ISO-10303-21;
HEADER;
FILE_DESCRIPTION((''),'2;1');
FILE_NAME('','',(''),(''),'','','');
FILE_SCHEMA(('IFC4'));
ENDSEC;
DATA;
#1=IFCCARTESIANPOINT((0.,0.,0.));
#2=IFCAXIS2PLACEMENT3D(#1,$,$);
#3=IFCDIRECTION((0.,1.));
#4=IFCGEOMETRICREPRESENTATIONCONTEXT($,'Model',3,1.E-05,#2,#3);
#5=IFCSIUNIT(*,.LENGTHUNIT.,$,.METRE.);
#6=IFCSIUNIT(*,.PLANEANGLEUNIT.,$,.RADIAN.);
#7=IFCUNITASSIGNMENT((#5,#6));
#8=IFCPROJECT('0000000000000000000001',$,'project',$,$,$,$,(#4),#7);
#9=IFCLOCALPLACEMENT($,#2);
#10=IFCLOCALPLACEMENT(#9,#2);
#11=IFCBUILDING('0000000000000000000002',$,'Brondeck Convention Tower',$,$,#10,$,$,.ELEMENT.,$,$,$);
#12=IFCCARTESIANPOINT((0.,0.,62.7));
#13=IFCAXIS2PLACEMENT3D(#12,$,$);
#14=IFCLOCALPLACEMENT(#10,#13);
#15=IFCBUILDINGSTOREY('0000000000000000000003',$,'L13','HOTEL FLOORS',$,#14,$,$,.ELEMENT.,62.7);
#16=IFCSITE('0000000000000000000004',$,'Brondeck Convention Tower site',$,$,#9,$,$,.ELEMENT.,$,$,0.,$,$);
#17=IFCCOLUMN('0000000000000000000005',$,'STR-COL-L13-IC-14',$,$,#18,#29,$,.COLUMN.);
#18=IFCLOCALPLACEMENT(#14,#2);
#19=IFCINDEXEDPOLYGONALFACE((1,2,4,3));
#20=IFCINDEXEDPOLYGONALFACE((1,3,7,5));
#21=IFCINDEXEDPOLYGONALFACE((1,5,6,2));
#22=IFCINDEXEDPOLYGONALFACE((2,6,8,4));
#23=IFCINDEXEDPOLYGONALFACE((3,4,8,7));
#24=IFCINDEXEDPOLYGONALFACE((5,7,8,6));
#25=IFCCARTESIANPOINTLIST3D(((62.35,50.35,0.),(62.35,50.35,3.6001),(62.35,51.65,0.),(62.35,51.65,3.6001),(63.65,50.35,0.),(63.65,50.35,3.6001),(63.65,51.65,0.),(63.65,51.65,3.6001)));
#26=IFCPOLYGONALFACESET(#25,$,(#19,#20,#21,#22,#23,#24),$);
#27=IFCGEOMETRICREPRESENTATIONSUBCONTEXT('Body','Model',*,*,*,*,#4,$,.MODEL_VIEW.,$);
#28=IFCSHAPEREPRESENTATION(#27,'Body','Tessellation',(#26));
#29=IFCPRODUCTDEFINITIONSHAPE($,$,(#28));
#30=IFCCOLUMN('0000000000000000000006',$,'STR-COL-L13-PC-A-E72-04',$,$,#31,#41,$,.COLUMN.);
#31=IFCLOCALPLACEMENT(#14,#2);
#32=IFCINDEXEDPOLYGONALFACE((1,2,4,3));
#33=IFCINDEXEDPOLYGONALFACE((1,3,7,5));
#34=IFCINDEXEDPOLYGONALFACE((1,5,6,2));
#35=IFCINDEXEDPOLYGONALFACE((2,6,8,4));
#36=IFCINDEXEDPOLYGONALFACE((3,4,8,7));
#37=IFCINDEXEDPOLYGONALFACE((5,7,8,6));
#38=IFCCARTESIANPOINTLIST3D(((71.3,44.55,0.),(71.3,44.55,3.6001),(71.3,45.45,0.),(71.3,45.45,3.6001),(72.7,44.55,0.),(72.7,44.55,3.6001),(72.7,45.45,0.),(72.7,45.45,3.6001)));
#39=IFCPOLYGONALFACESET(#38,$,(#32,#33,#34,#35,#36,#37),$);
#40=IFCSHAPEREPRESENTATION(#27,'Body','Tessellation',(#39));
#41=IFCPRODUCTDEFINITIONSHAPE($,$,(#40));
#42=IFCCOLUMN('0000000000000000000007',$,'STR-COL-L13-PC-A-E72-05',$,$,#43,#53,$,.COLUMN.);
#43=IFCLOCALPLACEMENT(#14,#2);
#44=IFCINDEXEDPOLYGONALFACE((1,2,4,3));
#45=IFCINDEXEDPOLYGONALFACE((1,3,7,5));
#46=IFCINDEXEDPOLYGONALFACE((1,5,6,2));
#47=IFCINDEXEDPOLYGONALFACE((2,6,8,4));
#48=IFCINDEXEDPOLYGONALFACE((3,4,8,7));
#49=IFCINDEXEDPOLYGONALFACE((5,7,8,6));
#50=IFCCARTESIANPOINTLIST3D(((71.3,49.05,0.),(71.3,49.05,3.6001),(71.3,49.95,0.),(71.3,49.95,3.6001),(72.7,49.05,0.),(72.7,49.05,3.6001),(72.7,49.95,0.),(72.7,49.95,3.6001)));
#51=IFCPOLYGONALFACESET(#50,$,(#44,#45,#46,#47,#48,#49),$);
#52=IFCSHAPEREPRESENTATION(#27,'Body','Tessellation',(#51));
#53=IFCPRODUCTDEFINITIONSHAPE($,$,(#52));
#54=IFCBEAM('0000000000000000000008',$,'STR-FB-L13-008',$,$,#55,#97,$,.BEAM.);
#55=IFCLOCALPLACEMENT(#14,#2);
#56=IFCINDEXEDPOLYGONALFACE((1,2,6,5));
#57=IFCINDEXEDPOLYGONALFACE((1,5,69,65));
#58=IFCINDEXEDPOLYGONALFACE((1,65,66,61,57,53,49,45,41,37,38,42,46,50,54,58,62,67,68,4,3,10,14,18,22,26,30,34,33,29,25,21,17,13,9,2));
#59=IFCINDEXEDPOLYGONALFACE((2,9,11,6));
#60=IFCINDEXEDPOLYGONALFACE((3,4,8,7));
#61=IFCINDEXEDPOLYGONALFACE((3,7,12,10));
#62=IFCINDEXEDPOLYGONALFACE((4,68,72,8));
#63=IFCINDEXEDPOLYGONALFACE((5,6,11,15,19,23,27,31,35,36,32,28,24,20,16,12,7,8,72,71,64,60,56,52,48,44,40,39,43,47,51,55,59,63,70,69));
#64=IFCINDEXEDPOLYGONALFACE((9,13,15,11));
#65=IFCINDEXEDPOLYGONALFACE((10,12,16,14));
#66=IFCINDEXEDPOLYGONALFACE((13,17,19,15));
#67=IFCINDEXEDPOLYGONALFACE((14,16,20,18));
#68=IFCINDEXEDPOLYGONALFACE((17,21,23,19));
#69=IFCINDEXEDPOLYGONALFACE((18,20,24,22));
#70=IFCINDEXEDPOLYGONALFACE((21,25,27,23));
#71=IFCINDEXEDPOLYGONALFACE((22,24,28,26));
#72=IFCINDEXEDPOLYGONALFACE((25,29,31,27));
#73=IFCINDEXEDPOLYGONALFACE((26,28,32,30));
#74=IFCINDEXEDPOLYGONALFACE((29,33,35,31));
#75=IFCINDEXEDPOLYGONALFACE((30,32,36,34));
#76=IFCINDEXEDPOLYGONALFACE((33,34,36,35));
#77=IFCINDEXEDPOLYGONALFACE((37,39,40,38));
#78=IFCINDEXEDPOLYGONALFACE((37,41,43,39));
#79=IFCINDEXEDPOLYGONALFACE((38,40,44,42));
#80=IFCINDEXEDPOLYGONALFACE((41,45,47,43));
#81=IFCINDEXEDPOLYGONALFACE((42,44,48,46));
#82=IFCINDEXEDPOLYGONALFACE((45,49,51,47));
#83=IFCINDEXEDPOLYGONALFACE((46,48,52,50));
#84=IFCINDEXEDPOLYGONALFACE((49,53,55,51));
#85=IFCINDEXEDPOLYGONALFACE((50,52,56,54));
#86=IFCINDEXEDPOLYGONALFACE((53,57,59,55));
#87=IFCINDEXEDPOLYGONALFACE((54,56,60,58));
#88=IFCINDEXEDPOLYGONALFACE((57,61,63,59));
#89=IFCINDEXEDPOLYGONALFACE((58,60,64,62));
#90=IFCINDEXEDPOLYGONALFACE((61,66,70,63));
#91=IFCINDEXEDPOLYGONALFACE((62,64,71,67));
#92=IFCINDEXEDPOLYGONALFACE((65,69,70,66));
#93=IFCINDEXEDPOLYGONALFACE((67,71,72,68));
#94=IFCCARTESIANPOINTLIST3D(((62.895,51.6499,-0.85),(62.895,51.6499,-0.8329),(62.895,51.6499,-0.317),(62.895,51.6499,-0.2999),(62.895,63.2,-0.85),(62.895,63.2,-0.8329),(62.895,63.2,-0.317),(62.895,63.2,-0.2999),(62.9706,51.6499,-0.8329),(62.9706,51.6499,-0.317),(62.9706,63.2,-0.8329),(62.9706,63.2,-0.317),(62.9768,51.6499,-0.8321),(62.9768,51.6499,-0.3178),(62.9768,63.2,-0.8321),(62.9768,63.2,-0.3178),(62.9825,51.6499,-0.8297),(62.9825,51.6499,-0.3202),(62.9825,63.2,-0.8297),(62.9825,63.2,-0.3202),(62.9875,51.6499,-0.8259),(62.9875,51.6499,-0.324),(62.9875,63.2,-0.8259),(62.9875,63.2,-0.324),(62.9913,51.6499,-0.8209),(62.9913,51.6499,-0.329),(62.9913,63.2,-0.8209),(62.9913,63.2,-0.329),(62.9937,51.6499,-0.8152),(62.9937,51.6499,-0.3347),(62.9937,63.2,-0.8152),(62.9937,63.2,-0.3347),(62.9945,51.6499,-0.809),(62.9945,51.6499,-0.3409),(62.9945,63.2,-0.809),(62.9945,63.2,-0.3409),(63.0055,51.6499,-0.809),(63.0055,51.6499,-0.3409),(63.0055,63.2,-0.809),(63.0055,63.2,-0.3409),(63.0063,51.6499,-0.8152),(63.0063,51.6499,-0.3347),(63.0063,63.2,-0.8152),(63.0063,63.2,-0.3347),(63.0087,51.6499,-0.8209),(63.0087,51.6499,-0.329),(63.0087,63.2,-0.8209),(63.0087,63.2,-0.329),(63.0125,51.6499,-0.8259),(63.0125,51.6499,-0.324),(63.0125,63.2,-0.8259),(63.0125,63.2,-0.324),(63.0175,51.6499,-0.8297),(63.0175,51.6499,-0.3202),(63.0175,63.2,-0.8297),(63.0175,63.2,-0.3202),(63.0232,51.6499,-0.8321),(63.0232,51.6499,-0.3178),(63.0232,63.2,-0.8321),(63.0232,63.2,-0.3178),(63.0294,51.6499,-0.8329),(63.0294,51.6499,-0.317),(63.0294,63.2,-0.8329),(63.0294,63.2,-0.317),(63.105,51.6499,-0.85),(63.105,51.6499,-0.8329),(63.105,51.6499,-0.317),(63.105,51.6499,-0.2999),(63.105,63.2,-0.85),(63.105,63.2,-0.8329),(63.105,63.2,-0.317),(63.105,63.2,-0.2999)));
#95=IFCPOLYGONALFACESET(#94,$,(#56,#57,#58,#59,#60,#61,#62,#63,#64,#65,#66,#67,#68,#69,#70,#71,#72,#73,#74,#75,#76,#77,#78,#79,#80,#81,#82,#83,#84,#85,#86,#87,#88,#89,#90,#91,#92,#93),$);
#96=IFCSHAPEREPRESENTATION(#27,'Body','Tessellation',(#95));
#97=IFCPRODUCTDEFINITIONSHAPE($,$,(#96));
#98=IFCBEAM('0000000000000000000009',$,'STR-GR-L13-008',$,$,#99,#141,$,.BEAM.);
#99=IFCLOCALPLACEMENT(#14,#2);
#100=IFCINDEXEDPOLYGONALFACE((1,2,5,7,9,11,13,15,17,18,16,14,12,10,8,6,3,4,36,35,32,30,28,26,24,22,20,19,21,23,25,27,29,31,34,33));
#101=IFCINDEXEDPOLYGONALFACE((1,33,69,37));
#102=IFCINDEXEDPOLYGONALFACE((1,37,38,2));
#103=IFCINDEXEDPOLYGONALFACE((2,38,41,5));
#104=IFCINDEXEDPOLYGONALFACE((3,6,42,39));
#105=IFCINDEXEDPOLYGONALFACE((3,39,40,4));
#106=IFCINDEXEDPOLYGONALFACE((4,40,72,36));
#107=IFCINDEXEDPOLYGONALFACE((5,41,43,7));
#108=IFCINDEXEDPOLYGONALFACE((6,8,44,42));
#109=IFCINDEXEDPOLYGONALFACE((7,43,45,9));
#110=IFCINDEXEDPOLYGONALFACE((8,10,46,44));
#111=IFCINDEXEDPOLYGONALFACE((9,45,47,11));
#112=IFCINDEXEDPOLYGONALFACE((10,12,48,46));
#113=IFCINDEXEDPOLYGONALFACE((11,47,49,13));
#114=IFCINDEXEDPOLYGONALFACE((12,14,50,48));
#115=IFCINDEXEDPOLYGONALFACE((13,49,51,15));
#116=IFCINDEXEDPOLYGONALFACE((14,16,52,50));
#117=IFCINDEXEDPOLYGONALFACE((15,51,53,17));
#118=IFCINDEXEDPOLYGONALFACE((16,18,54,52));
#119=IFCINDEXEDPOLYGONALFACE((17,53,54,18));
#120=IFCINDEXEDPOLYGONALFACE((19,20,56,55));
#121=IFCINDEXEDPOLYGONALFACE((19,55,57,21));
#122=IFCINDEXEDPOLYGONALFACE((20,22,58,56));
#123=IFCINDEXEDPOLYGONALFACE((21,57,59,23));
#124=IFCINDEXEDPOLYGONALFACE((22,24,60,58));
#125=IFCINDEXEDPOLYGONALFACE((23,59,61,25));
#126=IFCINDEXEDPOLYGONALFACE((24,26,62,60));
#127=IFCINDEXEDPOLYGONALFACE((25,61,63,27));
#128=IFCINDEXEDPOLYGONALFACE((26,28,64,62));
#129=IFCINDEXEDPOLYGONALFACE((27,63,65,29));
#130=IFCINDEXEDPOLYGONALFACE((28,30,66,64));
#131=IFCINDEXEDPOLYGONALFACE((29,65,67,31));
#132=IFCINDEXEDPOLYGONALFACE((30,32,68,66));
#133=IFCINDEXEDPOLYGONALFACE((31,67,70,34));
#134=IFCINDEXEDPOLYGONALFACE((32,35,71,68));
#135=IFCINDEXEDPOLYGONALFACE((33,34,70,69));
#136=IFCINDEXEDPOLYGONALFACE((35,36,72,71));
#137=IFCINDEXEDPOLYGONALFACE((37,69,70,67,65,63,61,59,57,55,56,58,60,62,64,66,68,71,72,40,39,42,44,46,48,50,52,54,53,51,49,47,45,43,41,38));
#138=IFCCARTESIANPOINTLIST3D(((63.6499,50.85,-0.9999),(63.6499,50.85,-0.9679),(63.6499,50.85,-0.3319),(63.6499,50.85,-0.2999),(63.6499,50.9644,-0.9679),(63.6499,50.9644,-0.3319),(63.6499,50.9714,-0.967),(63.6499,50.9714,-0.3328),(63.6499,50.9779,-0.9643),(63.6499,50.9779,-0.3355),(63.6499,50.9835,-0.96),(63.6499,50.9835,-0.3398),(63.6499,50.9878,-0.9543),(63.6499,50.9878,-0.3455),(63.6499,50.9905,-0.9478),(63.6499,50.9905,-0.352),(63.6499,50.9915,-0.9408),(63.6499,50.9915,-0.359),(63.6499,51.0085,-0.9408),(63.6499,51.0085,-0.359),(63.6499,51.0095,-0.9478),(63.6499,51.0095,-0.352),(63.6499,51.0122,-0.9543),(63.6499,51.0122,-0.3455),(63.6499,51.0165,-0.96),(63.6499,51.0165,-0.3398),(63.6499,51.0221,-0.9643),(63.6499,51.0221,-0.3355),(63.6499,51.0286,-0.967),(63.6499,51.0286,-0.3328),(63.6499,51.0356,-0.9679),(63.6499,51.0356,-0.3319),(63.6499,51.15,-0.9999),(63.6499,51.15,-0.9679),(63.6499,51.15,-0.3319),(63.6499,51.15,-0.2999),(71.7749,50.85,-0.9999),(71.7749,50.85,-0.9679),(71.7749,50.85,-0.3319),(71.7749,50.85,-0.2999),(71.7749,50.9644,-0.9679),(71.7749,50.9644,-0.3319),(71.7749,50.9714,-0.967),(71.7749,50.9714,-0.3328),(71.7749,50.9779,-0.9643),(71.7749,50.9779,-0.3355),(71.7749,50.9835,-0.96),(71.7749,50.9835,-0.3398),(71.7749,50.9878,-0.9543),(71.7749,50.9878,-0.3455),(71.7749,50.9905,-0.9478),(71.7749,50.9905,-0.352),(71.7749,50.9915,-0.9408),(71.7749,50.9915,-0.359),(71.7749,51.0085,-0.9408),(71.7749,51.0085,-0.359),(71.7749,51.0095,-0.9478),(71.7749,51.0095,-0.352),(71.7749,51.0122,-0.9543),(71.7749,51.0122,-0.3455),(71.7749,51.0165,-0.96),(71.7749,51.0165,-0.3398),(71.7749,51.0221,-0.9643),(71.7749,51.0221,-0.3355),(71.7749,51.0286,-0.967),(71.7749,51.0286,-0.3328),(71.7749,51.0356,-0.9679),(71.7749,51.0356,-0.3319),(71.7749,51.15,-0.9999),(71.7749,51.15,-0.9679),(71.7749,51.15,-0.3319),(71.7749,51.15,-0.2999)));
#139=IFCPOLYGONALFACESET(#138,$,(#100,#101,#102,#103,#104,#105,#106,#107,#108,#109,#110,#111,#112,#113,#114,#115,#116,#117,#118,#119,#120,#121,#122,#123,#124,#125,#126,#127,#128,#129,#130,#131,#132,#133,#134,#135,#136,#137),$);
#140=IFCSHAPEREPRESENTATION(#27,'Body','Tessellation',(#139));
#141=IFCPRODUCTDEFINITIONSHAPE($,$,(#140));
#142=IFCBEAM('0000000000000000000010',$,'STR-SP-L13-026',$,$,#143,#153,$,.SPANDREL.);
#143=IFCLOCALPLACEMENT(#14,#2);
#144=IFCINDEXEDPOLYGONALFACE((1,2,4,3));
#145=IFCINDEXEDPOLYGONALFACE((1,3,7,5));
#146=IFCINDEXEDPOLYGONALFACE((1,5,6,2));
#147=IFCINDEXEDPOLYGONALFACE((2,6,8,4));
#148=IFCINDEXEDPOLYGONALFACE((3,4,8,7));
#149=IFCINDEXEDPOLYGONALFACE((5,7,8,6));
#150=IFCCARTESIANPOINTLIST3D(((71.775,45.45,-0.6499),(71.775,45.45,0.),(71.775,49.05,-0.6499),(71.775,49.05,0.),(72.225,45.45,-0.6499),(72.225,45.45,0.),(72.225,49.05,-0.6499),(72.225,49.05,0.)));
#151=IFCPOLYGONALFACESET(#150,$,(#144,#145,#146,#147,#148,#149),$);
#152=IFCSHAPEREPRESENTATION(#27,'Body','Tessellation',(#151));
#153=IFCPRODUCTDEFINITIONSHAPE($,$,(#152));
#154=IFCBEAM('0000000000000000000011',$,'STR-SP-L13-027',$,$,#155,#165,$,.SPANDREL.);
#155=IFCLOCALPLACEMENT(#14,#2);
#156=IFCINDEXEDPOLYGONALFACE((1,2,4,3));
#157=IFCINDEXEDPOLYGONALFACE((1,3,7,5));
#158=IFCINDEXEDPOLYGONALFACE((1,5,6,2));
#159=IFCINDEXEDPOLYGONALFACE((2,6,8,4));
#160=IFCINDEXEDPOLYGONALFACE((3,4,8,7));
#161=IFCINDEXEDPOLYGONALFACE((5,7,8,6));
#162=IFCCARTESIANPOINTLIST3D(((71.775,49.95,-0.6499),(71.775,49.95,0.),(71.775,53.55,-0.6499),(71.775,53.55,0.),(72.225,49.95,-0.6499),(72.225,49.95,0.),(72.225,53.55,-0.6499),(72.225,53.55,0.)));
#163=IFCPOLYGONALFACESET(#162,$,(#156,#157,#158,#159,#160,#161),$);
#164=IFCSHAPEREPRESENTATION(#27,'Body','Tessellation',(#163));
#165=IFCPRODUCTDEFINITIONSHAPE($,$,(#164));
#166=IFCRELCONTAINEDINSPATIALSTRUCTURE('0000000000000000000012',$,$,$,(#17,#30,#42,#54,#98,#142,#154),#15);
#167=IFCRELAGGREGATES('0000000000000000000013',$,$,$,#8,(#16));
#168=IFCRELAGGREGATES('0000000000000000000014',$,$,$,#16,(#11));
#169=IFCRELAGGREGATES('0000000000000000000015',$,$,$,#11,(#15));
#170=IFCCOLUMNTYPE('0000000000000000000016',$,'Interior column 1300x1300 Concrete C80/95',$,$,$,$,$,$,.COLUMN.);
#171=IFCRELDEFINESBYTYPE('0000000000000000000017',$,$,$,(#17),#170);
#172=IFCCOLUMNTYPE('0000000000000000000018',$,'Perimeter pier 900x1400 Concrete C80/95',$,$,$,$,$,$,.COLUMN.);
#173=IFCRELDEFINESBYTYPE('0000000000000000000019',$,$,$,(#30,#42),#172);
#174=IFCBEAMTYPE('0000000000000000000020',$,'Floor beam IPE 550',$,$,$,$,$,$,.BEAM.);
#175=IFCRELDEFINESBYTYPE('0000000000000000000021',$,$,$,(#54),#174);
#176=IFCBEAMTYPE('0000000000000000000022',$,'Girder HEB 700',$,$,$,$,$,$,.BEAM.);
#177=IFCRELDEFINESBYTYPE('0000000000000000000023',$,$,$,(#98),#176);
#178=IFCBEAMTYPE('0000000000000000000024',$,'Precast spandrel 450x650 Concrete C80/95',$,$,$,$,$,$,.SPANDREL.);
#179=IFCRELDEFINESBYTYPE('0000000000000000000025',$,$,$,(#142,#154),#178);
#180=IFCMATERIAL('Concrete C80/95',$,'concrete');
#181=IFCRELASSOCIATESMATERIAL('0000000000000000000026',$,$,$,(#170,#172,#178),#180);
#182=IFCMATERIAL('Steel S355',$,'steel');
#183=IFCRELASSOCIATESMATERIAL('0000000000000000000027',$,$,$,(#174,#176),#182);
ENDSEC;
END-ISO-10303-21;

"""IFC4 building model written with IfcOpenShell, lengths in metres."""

from ifc_helpers import new_model, si_unit, direction, frame, origin, origin_2d, place, context, subcontext, project, spatial, rectangle, i_section, extrude, material, material_profile, profile_set, type_object, element, save


model = new_model("IFC4")

# Units and contexts
model_context = context("Model", 3, precision=1e-05, world=origin(), true_north=direction((0.0, 1.0)))
body_context = subcontext(model_context, "Body", "Model", "MODEL_VIEW")
ifc_project = project(units=[si_unit("LENGTHUNIT", "METRE"), si_unit("PLANEANGLEUNIT", "RADIAN")], contexts=[model_context])

# Site, building, storey
site_placement = place(None, origin())
site = spatial("IfcSite", under=ifc_project, at=site_placement, Name="Brondeck Convention Tower site", CompositionType="ELEMENT", RefElevation=0.0)
building_placement = place(site_placement, origin())
building = spatial("IfcBuilding", under=site, at=building_placement, Name="Brondeck Convention Tower", CompositionType="ELEMENT")
storey_placement = place(building_placement, frame((0.0, 0.0, 62.7)))
storey = spatial("IfcBuildingStorey", under=building, at=storey_placement, Name="L13", Description="HOTEL FLOORS", CompositionType="ELEMENT", Elevation=62.7)

# Columns
ifc_material_1 = material(Name="Concrete C80/95", Category="concrete")
ifc_material_profile_1 = material_profile(ifc_material_1, rectangle(XDim=1.3, YDim=1.3, at=origin_2d()), Name="Interior column 1300x1300 Concrete C80/95")
ifc_profile_set_1 = profile_set([ifc_material_profile_1], Name="Concrete C80/95")
column_type_1 = type_object("IfcColumnType", Name="Interior column 1300x1300 Concrete C80/95", PredefinedType="COLUMN", material=ifc_profile_set_1)
column_placement = place(storey_placement, frame((63.0, 51.0, 0.0), z_axis=(0.0, 0.0, 1.0), x_axis=(1.0, 0.0, 0.0)))
element("IfcColumn", 1, at=column_placement, inside=storey, type_object=column_type_1, Name="STR-COL-L13-IC-14", PredefinedType="COLUMN", context=body_context, shape_type="SweptSolid", body=[
    extrude(rectangle(XDim=1.3, YDim=1.3, at=origin_2d()), origin(), (0.0, 0.0, 1.0), 3.6001),
])
ifc_material_profile_2 = material_profile(ifc_material_1, rectangle(XDim=0.8999, YDim=1.3999, at=origin_2d()), Name="Perimeter pier 900x1400 Concrete C80/95")
ifc_profile_set_2 = profile_set([ifc_material_profile_2], Name="Concrete C80/95")
column_type_2 = type_object("IfcColumnType", Name="Perimeter pier 900x1400 Concrete C80/95", PredefinedType="COLUMN", material=ifc_profile_set_2)
for number, where, z_axis, x_axis, name in (
    (2, (72.0, 45.0, 0.0), (0.0, 0.0, 1.0), (0.0, 1.0, 0.0), "STR-COL-L13-PC-A-E72-04"),
    (3, (72.0, 49.5, 0.0), (0.0, 0.0, 1.0), (0.0, 1.0, 0.0), "STR-COL-L13-PC-A-E72-05"),
):
    element("IfcColumn", number, at=place(storey_placement, frame(where, z_axis=z_axis, x_axis=x_axis)), inside=storey, type_object=column_type_2, Name=name, PredefinedType="COLUMN", context=body_context, shape_type="SweptSolid", body=[
        extrude(rectangle(XDim=0.8999, YDim=1.3999, at=origin_2d()), origin(), (0.0, 0.0, 1.0), 3.6001),
    ])

# Beams
ifc_material_2 = material(Name="Steel S355", Category="steel")
ifc_material_profile_3 = material_profile(ifc_material_2, i_section(OverallWidth=0.21, OverallDepth=0.55, WebThickness=0.011, FlangeThickness=0.0171, FilletRadius=0.0239, at=origin_2d()), Name="IPE 550")
ifc_profile_set_3 = profile_set([ifc_material_profile_3], Name="Steel S355")
beam_type_1 = type_object("IfcBeamType", Name="Floor beam IPE 550", PredefinedType="BEAM", material=ifc_profile_set_3)
beam_1_placement = place(storey_placement, frame((63.0, 51.6499, -0.575), z_axis=(0.0, 1.0, 0.0), x_axis=(-1.0, 0.0, 0.0)))
element("IfcBeam", 4, at=beam_1_placement, inside=storey, type_object=beam_type_1, Name="STR-FB-L13-008", PredefinedType="BEAM", context=body_context, shape_type="SweptSolid", body=[
    extrude(i_section(OverallWidth=0.21, OverallDepth=0.55, WebThickness=0.011, FlangeThickness=0.0171, FilletRadius=0.0239, at=origin_2d()), origin(), (0.0, 0.0, 1.0), 11.55),
])
ifc_material_profile_4 = material_profile(ifc_material_2, i_section(OverallWidth=0.3, OverallDepth=0.7, WebThickness=0.0171, FlangeThickness=0.032, FilletRadius=0.0271, at=origin_2d()), Name="HEB 700")
ifc_profile_set_4 = profile_set([ifc_material_profile_4], Name="Steel S355")
beam_type_2 = type_object("IfcBeamType", Name="Girder HEB 700", PredefinedType="BEAM", material=ifc_profile_set_4)
beam_2_placement = place(storey_placement, frame((63.6499, 51.0, -0.6499), z_axis=(1.0, 0.0, 0.0), x_axis=(0.0, 1.0, 0.0)))
element("IfcBeam", 5, at=beam_2_placement, inside=storey, type_object=beam_type_2, Name="STR-GR-L13-008", PredefinedType="BEAM", context=body_context, shape_type="SweptSolid", body=[
    extrude(i_section(OverallWidth=0.3, OverallDepth=0.7, WebThickness=0.0171, FlangeThickness=0.032, FilletRadius=0.0271, at=origin_2d()), origin(), (0.0, 0.0, 1.0), 8.125),
])
ifc_material_profile_5 = material_profile(ifc_material_1, rectangle(XDim=0.45, YDim=0.6499, at=origin_2d()), Name="Precast spandrel 450x650 Concrete C80/95")
ifc_profile_set_5 = profile_set([ifc_material_profile_5], Name="Concrete C80/95")
beam_type_3 = type_object("IfcBeamType", Name="Precast spandrel 450x650 Concrete C80/95", PredefinedType="SPANDREL", material=ifc_profile_set_5)
for number, where, z_axis, x_axis, name in (
    (6, (72.0, 45.45, -0.325), (0.0, 1.0, 0.0), (-1.0, 0.0, 0.0), "STR-SP-L13-026"),
    (7, (72.0, 49.95, -0.325), (0.0, 1.0, 0.0), (-1.0, 0.0, 0.0), "STR-SP-L13-027"),
):
    element("IfcBeam", number, at=place(storey_placement, frame(where, z_axis=z_axis, x_axis=x_axis)), inside=storey, type_object=beam_type_3, Name=name, PredefinedType="SPANDREL", context=body_context, shape_type="SweptSolid", body=[
        extrude(rectangle(XDim=0.45, YDim=0.6499, at=origin_2d()), origin(), (0.0, 0.0, 1.0), 3.6001),
    ])

save(model, "model.ifc")
